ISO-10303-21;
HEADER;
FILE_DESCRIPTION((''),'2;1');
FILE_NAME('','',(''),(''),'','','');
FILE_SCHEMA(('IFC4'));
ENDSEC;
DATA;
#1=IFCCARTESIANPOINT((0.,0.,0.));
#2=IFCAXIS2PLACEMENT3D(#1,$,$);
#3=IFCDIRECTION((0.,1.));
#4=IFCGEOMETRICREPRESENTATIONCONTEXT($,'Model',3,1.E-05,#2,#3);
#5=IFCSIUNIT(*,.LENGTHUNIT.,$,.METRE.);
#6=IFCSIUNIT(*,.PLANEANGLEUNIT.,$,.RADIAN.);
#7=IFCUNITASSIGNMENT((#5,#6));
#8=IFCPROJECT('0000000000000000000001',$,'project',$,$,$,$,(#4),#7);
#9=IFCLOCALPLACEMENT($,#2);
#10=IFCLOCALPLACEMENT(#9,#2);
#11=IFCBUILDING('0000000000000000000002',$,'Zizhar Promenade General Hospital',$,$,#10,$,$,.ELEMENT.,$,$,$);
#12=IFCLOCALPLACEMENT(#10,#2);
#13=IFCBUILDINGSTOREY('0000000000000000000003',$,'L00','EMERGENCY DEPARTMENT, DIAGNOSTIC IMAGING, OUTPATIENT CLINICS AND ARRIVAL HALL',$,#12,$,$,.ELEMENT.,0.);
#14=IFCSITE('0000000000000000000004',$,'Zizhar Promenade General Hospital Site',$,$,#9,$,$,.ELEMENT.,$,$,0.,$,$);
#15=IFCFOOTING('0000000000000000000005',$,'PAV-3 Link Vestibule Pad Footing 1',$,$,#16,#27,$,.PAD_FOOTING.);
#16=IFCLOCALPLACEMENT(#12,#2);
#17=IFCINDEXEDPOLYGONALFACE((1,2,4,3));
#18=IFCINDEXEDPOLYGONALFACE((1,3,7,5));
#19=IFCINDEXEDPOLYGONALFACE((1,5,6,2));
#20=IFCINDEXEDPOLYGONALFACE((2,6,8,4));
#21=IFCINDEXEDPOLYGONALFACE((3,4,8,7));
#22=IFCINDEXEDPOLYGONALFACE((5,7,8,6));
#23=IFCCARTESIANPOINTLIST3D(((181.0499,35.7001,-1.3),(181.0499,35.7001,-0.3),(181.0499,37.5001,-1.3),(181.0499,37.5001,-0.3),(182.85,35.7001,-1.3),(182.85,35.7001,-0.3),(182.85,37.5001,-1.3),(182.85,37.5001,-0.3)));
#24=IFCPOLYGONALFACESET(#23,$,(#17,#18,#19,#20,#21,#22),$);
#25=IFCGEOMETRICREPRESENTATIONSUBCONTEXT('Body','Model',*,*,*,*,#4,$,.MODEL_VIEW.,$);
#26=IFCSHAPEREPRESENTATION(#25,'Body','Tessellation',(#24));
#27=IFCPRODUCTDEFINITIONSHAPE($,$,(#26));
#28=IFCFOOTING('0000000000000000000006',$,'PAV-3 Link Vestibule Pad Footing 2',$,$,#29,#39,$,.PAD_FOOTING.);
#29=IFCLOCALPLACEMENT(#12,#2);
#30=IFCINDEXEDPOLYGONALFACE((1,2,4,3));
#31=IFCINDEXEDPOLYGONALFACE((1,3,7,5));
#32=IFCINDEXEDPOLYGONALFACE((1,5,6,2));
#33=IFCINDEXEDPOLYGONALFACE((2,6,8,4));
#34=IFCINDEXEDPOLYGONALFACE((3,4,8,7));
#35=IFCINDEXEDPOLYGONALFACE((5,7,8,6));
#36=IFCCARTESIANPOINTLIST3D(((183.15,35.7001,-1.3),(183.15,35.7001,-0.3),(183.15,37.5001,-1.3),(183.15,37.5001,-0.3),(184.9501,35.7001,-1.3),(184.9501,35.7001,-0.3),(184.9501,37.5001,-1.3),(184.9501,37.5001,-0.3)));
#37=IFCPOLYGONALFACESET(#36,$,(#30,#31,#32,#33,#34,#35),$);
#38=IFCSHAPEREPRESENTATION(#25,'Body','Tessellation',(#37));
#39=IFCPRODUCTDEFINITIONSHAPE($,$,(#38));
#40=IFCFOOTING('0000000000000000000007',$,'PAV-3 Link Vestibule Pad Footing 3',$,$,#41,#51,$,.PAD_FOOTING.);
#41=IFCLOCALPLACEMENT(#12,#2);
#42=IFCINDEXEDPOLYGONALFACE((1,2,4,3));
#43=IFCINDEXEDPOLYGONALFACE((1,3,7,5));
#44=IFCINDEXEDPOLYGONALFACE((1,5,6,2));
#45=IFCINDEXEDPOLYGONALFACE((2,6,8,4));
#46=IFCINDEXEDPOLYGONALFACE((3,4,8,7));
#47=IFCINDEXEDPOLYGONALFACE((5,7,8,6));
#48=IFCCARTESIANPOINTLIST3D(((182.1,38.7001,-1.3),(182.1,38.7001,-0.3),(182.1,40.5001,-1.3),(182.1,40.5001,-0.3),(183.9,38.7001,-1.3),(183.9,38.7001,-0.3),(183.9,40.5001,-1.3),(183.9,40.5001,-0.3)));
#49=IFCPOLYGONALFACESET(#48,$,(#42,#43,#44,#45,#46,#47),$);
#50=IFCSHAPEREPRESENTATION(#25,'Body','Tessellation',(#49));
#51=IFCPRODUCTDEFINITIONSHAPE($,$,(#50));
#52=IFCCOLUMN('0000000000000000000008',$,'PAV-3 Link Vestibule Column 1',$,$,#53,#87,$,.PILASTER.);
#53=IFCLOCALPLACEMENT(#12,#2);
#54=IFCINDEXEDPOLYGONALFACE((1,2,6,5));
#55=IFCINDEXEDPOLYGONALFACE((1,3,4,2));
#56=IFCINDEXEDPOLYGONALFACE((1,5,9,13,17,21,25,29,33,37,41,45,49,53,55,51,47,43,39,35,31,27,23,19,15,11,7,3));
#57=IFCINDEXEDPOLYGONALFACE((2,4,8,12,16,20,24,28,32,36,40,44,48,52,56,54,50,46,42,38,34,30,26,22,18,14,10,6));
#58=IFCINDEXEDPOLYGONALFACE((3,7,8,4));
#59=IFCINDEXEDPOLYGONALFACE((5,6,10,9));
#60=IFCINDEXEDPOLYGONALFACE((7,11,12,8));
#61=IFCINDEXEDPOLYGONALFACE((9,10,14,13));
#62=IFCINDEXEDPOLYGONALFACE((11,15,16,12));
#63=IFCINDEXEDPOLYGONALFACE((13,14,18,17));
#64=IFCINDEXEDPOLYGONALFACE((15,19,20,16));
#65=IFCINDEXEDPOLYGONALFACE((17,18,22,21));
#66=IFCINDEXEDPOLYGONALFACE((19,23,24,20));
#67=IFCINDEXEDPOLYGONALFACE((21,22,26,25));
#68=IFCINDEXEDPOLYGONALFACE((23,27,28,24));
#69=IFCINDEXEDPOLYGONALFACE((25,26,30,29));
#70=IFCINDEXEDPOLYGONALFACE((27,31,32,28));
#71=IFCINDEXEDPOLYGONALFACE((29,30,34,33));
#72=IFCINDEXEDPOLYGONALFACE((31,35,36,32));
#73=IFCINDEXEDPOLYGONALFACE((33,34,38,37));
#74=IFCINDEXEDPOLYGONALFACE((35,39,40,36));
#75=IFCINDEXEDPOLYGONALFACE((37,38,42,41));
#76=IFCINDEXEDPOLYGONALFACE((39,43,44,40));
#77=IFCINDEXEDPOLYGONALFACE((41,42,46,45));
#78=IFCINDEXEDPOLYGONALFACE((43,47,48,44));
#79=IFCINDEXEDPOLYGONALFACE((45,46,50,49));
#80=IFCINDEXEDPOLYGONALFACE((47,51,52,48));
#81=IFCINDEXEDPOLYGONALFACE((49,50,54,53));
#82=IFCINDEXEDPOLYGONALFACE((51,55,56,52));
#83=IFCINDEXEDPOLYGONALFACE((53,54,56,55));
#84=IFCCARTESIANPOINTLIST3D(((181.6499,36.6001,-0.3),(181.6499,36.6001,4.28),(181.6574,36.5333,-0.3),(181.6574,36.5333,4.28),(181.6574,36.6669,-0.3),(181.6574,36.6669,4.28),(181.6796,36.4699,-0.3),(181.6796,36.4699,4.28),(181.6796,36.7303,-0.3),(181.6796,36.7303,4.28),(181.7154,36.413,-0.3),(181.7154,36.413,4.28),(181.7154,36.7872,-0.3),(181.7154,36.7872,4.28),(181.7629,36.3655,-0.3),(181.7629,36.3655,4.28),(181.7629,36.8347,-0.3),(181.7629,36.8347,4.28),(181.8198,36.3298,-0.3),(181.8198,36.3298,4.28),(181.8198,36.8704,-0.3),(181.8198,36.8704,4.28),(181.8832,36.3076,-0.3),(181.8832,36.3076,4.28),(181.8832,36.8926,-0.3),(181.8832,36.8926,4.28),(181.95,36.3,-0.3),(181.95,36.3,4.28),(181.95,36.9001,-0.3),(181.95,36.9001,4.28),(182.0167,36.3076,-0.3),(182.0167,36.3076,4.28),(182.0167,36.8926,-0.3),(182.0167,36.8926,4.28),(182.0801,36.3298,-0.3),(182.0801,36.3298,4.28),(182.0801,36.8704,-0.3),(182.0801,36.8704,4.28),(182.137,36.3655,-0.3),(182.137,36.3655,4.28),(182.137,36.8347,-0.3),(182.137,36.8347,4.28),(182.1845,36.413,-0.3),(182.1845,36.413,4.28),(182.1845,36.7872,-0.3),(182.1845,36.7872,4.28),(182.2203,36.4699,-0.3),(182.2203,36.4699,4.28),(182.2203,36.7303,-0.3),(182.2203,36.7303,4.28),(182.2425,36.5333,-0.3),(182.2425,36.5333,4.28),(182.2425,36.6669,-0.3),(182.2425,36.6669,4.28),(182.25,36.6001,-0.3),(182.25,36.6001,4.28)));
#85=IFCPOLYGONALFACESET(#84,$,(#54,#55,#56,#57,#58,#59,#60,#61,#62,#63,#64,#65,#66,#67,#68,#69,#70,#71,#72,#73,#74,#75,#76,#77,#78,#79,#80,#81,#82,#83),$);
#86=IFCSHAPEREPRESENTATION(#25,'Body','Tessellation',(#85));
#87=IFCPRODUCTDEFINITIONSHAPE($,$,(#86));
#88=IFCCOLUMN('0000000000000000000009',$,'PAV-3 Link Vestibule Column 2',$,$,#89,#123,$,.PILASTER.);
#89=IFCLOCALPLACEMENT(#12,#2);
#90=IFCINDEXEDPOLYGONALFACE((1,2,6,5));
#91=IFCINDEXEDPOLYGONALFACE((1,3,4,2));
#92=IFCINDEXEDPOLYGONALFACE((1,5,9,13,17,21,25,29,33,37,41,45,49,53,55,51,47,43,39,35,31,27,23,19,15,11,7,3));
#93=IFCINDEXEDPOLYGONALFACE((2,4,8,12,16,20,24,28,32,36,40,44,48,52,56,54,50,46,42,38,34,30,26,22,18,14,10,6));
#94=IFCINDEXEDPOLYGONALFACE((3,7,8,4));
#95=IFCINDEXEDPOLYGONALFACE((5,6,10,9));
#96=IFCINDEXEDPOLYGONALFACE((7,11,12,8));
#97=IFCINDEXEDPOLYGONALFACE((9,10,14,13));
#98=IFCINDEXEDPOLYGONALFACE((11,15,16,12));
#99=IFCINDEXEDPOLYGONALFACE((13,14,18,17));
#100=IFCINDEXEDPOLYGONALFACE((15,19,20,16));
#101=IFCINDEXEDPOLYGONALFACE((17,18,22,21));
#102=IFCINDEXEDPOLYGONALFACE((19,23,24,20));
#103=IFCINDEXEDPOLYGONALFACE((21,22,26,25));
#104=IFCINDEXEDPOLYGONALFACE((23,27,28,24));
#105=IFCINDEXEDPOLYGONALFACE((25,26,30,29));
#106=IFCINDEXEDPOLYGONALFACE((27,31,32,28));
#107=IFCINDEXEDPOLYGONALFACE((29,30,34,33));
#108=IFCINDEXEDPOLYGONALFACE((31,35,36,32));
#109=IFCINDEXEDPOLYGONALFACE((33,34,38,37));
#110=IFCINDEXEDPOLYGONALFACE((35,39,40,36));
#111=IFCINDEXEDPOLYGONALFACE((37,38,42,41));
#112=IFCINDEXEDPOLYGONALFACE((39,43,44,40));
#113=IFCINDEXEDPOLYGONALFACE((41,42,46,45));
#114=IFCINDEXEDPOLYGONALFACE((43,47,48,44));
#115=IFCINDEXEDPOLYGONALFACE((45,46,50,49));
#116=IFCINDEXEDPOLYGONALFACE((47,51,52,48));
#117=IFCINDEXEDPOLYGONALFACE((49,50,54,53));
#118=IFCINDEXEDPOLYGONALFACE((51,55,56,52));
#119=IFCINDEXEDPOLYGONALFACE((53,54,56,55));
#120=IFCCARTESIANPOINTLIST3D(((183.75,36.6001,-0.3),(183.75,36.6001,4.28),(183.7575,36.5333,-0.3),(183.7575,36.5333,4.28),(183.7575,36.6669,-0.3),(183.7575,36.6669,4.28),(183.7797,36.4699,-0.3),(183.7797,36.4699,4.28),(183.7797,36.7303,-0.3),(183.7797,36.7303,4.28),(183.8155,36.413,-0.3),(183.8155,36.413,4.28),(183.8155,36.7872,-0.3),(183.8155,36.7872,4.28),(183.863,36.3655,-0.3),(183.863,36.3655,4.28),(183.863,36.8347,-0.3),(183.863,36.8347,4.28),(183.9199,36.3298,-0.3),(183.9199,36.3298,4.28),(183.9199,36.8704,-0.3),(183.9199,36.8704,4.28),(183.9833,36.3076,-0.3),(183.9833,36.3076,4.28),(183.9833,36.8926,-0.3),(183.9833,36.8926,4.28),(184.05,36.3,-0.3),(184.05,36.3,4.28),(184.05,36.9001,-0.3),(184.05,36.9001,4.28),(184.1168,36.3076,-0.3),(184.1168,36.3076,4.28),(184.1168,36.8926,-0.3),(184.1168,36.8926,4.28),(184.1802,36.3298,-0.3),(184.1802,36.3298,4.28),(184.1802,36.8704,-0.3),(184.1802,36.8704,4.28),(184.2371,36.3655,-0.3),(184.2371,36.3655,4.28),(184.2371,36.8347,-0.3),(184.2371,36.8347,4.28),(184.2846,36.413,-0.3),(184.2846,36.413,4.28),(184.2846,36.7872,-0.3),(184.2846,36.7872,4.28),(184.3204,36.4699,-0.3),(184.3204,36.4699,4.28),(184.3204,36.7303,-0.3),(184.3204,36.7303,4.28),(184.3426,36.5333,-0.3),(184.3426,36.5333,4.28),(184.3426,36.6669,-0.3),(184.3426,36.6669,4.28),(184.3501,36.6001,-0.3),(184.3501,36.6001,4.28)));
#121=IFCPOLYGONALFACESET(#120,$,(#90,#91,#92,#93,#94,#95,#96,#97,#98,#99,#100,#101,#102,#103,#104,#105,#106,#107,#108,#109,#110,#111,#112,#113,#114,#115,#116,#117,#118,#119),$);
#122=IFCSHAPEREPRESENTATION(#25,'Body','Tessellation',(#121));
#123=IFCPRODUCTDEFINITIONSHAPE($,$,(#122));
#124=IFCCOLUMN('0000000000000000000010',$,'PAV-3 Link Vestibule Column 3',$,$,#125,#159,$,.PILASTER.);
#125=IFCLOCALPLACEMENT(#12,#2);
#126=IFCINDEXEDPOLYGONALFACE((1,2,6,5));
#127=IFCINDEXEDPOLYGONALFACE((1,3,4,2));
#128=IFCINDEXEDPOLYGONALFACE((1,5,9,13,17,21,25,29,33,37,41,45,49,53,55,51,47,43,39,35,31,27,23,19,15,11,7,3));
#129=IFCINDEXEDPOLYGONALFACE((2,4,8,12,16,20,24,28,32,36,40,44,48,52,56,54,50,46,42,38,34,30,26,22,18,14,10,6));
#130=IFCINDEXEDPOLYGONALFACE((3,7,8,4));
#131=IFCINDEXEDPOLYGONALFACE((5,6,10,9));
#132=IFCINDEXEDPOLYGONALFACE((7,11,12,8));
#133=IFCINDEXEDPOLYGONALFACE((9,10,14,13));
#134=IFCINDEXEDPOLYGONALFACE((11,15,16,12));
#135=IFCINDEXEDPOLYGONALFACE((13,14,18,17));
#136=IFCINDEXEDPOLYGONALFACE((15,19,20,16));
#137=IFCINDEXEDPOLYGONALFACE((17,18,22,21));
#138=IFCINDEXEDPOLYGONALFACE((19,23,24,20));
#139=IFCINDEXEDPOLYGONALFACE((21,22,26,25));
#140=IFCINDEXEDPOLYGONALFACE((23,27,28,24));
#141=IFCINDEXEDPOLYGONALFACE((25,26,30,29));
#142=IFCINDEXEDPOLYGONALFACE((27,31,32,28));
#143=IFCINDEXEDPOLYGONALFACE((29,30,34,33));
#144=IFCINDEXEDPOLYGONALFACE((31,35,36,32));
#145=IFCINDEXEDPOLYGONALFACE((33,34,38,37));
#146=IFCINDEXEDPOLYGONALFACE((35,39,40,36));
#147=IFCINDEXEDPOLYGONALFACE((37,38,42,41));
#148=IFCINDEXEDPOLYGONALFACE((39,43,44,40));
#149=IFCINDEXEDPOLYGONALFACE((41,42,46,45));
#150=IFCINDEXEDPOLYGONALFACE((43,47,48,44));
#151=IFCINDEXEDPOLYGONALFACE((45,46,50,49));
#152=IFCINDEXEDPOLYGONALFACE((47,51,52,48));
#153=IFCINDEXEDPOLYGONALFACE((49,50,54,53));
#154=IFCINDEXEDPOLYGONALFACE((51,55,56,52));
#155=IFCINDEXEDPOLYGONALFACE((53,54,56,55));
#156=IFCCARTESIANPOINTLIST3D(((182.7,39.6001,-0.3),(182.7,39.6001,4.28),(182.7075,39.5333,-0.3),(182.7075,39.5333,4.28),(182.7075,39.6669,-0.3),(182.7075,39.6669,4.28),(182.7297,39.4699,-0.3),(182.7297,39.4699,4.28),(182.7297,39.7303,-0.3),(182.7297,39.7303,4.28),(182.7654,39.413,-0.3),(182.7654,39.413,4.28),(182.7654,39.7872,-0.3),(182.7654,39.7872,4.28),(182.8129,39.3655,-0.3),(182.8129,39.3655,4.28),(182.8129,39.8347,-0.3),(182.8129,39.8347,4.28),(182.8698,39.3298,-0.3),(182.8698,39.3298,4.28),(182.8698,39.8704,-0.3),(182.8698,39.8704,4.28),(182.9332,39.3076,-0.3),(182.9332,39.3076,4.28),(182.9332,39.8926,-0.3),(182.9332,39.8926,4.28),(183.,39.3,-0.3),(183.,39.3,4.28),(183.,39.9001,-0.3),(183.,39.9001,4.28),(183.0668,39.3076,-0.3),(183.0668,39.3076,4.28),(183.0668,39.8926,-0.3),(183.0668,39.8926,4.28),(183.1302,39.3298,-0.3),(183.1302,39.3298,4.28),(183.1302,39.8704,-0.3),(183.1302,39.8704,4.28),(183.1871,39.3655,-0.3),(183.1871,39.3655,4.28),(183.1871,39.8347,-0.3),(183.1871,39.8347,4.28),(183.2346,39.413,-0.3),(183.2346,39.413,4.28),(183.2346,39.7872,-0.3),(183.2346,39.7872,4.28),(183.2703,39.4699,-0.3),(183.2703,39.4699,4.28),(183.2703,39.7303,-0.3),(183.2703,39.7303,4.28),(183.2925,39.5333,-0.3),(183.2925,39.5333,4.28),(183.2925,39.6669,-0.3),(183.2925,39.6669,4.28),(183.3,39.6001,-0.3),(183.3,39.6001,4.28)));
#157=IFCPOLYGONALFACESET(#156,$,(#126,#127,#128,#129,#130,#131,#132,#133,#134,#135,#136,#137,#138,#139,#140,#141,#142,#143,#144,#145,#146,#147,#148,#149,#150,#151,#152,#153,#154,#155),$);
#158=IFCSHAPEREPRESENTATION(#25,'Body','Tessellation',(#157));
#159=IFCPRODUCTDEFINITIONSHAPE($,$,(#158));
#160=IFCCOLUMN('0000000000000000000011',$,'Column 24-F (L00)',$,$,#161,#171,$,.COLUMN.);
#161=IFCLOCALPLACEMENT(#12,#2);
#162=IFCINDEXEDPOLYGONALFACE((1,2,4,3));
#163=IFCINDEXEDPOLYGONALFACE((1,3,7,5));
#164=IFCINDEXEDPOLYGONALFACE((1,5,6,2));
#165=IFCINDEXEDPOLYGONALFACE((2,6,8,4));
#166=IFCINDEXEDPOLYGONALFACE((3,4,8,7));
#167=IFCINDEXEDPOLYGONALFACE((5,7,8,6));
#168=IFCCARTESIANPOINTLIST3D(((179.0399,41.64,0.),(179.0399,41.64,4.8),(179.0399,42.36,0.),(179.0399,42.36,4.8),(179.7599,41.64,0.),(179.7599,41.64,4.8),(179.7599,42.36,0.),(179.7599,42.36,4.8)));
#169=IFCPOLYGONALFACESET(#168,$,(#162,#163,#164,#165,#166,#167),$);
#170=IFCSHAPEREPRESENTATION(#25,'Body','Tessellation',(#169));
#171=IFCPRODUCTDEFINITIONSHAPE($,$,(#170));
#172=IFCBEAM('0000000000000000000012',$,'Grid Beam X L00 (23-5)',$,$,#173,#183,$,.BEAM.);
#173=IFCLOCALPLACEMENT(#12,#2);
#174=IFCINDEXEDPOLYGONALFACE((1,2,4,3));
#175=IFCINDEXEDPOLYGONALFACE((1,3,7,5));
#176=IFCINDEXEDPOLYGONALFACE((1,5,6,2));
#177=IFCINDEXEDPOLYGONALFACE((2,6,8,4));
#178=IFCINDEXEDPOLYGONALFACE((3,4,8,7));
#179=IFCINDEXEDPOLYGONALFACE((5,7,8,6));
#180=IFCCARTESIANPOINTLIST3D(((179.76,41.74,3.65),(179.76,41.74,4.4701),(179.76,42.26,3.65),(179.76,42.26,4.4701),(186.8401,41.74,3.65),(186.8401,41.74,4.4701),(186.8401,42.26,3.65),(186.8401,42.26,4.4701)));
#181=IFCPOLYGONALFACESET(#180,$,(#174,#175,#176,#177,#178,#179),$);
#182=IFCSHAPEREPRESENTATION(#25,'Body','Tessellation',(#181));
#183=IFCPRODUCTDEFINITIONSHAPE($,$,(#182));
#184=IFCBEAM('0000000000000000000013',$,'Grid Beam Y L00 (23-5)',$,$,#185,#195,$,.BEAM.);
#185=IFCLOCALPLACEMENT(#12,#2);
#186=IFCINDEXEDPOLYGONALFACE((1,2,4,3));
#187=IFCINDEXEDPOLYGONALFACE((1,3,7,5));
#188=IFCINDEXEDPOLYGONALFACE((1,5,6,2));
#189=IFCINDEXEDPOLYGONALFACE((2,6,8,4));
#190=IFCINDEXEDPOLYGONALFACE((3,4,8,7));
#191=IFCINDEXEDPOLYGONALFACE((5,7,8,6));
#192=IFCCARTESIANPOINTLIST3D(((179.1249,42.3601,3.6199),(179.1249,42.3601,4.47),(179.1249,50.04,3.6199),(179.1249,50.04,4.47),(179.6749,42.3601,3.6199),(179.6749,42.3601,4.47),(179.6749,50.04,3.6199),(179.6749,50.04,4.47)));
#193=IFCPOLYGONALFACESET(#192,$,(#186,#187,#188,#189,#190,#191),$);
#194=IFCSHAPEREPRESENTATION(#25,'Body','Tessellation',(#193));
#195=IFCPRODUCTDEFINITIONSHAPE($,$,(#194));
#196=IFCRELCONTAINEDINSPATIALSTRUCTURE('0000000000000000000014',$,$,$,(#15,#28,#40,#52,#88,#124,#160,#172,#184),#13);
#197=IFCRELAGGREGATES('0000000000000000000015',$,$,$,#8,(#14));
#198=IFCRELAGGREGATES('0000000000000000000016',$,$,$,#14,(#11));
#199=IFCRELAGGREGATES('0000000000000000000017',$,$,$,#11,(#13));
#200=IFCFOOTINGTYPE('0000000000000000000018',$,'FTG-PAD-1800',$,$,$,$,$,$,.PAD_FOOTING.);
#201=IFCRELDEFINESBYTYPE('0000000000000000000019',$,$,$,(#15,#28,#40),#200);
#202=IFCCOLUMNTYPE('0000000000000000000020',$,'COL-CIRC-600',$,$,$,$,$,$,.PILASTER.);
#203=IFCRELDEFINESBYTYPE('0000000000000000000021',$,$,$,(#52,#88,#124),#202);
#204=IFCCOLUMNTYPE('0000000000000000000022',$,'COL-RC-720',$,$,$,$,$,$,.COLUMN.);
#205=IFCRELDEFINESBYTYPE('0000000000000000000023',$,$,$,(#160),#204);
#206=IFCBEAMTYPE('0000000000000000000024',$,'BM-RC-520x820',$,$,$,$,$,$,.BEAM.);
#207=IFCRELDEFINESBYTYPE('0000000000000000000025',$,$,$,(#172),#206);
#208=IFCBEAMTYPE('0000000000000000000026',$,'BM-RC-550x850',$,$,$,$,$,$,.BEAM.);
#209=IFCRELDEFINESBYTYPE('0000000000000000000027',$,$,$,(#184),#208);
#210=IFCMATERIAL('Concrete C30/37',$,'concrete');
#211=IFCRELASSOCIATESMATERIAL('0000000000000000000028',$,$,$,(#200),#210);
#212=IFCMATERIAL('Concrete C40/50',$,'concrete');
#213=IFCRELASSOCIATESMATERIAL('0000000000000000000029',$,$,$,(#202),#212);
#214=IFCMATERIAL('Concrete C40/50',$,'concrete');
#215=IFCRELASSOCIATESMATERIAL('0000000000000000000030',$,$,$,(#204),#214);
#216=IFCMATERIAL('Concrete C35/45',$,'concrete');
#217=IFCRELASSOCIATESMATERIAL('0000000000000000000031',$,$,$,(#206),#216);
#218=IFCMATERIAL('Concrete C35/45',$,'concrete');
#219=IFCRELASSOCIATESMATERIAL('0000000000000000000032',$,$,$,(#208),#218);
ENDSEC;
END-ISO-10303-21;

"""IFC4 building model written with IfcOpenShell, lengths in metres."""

from ifc_helpers import new_model, si_unit, direction, frame, origin, origin_2d, place, context, subcontext, project, spatial, rectangle, circle, extrude, material, material_profile, profile_set, type_object, element, save


model = new_model("IFC4")

# Units and contexts
model_context = context("Model", 3, precision=1e-05, world=origin(), true_north=direction((0.0, 1.0)))
body_context = subcontext(model_context, "Body", "Model", "MODEL_VIEW")
ifc_project = project(units=[si_unit("LENGTHUNIT", "METRE"), si_unit("PLANEANGLEUNIT", "RADIAN")], contexts=[model_context])

# Site, building, storey
site_placement = place(None, origin())
site = spatial("IfcSite", under=ifc_project, at=site_placement, Name="Zizhar Promenade General Hospital Site", CompositionType="ELEMENT", RefElevation=0.0)
building_placement = place(site_placement, origin())
building = spatial("IfcBuilding", under=site, at=building_placement, Name="Zizhar Promenade General Hospital", CompositionType="ELEMENT")
storey_placement = place(building_placement, origin())
storey = spatial("IfcBuildingStorey", under=building, at=storey_placement, Name="L00", Description="EMERGENCY DEPARTMENT, DIAGNOSTIC IMAGING, OUTPATIENT CLINICS AND ARRIVAL HALL", CompositionType="ELEMENT", Elevation=0.0)

# Footings
ifc_material_1 = material(Name="Concrete C30/37", Category="concrete")
footing_type = type_object("IfcFootingType", Name="FTG-PAD-1800", PredefinedType="PAD_FOOTING", material=ifc_material_1)
for number, where, z_axis, x_axis, name in (
    (1, (181.95, 36.6001, -1.3), (0.0, 0.0, 1.0), (1.0, 0.0, 0.0), "PAV-3 Link Vestibule Pad Footing 1"),
    (2, (184.05, 36.6001, -1.3), (0.0, 0.0, 1.0), (1.0, 0.0, 0.0), "PAV-3 Link Vestibule Pad Footing 2"),
    (3, (183.0, 39.6001, -1.3), (0.0, 0.0, 1.0), (1.0, 0.0, 0.0), "PAV-3 Link Vestibule Pad Footing 3"),
):
    element("IfcFooting", number, at=place(storey_placement, frame(where, z_axis=z_axis, x_axis=x_axis)), inside=storey, type_object=footing_type, Name=name, PredefinedType="PAD_FOOTING", context=body_context, shape_type="SweptSolid", body=[
        extrude(rectangle(XDim=1.8, YDim=1.8, at=origin_2d()), origin(), (0.0, 0.0, 1.0), 1.0),
    ])

# Columns
ifc_material_2 = material(Name="Concrete C40/50", Category="concrete")
ifc_material_profile_1 = material_profile(ifc_material_2, circle(Radius=0.3, at=origin_2d()))
ifc_profile_set_1 = profile_set([ifc_material_profile_1], Name="Concrete C40/50")
column_type_1 = type_object("IfcColumnType", Name="COL-CIRC-600", PredefinedType="PILASTER", material=ifc_profile_set_1)
for number, where, z_axis, x_axis, name in (
    (4, (181.95, 36.6001, -0.3), (0.0, 0.0, 1.0), (1.0, 0.0, 0.0), "PAV-3 Link Vestibule Column 1"),
    (5, (184.05, 36.6001, -0.3), (0.0, 0.0, 1.0), (1.0, 0.0, 0.0), "PAV-3 Link Vestibule Column 2"),
    (6, (183.0, 39.6001, -0.3), (0.0, 0.0, 1.0), (1.0, 0.0, 0.0), "PAV-3 Link Vestibule Column 3"),
):
    element("IfcColumn", number, at=place(storey_placement, frame(where, z_axis=z_axis, x_axis=x_axis)), inside=storey, type_object=column_type_1, Name=name, PredefinedType="PILASTER", context=body_context, shape_type="SweptSolid", body=[
        extrude(circle(Radius=0.3, at=origin_2d()), origin(), (0.0, 0.0, 1.0), 4.5801),
    ])
ifc_material_3 = material(Name="Concrete C40/50", Category="concrete")
ifc_material_profile_2 = material_profile(ifc_material_3, rectangle(XDim=0.72, YDim=0.72, at=origin_2d()))
ifc_profile_set_2 = profile_set([ifc_material_profile_2], Name="Concrete C40/50")
column_type_2 = type_object("IfcColumnType", Name="COL-RC-720", PredefinedType="COLUMN", material=ifc_profile_set_2)
column_placement = place(storey_placement, frame((179.3999, 42.0, 0.0), z_axis=(0.0, 0.0, 1.0), x_axis=(1.0, 0.0, 0.0)))
element("IfcColumn", 7, at=column_placement, inside=storey, type_object=column_type_2, Name="Column 24-F (L00)", PredefinedType="COLUMN", context=body_context, shape_type="SweptSolid", body=[
    extrude(rectangle(XDim=0.72, YDim=0.72, at=origin_2d()), origin(), (0.0, 0.0, 1.0), 4.8),
])

# Beams
ifc_material_4 = material(Name="Concrete C35/45", Category="concrete")
ifc_material_profile_3 = material_profile(ifc_material_4, rectangle(XDim=0.52, YDim=0.8201, at=origin_2d()))
ifc_profile_set_3 = profile_set([ifc_material_profile_3], Name="Concrete C35/45")
beam_type_1 = type_object("IfcBeamType", Name="BM-RC-520x820", PredefinedType="BEAM", material=ifc_profile_set_3)
beam_1_placement = place(storey_placement, frame((179.76, 42.0, 4.0601), z_axis=(1.0, 0.0, 0.0), x_axis=(0.0, 1.0, 0.0)))
element("IfcBeam", 8, at=beam_1_placement, inside=storey, type_object=beam_type_1, Name="Grid Beam X L00 (23-5)", PredefinedType="BEAM", context=body_context, shape_type="SweptSolid", body=[
    extrude(rectangle(XDim=0.52, YDim=0.8201, at=origin_2d()), origin(), (0.0, 0.0, 1.0), 7.0801),
])
ifc_material_5 = material(Name="Concrete C35/45", Category="concrete")
ifc_material_profile_4 = material_profile(ifc_material_5, rectangle(XDim=0.55, YDim=0.8501, at=origin_2d()))
ifc_profile_set_4 = profile_set([ifc_material_profile_4], Name="Concrete C35/45")
beam_type_2 = type_object("IfcBeamType", Name="BM-RC-550x850", PredefinedType="BEAM", material=ifc_profile_set_4)
beam_2_placement = place(storey_placement, frame((179.3999, 42.3601, 4.0449), z_axis=(0.0, 1.0, 0.0), x_axis=(-1.0, 0.0, 0.0)))
element("IfcBeam", 9, at=beam_2_placement, inside=storey, type_object=beam_type_2, Name="Grid Beam Y L00 (23-5)", PredefinedType="BEAM", context=body_context, shape_type="SweptSolid", body=[
    extrude(rectangle(XDim=0.55, YDim=0.8501, at=origin_2d()), origin(), (0.0, 0.0, 1.0), 7.6799),
])

save(model, "model.ifc")
